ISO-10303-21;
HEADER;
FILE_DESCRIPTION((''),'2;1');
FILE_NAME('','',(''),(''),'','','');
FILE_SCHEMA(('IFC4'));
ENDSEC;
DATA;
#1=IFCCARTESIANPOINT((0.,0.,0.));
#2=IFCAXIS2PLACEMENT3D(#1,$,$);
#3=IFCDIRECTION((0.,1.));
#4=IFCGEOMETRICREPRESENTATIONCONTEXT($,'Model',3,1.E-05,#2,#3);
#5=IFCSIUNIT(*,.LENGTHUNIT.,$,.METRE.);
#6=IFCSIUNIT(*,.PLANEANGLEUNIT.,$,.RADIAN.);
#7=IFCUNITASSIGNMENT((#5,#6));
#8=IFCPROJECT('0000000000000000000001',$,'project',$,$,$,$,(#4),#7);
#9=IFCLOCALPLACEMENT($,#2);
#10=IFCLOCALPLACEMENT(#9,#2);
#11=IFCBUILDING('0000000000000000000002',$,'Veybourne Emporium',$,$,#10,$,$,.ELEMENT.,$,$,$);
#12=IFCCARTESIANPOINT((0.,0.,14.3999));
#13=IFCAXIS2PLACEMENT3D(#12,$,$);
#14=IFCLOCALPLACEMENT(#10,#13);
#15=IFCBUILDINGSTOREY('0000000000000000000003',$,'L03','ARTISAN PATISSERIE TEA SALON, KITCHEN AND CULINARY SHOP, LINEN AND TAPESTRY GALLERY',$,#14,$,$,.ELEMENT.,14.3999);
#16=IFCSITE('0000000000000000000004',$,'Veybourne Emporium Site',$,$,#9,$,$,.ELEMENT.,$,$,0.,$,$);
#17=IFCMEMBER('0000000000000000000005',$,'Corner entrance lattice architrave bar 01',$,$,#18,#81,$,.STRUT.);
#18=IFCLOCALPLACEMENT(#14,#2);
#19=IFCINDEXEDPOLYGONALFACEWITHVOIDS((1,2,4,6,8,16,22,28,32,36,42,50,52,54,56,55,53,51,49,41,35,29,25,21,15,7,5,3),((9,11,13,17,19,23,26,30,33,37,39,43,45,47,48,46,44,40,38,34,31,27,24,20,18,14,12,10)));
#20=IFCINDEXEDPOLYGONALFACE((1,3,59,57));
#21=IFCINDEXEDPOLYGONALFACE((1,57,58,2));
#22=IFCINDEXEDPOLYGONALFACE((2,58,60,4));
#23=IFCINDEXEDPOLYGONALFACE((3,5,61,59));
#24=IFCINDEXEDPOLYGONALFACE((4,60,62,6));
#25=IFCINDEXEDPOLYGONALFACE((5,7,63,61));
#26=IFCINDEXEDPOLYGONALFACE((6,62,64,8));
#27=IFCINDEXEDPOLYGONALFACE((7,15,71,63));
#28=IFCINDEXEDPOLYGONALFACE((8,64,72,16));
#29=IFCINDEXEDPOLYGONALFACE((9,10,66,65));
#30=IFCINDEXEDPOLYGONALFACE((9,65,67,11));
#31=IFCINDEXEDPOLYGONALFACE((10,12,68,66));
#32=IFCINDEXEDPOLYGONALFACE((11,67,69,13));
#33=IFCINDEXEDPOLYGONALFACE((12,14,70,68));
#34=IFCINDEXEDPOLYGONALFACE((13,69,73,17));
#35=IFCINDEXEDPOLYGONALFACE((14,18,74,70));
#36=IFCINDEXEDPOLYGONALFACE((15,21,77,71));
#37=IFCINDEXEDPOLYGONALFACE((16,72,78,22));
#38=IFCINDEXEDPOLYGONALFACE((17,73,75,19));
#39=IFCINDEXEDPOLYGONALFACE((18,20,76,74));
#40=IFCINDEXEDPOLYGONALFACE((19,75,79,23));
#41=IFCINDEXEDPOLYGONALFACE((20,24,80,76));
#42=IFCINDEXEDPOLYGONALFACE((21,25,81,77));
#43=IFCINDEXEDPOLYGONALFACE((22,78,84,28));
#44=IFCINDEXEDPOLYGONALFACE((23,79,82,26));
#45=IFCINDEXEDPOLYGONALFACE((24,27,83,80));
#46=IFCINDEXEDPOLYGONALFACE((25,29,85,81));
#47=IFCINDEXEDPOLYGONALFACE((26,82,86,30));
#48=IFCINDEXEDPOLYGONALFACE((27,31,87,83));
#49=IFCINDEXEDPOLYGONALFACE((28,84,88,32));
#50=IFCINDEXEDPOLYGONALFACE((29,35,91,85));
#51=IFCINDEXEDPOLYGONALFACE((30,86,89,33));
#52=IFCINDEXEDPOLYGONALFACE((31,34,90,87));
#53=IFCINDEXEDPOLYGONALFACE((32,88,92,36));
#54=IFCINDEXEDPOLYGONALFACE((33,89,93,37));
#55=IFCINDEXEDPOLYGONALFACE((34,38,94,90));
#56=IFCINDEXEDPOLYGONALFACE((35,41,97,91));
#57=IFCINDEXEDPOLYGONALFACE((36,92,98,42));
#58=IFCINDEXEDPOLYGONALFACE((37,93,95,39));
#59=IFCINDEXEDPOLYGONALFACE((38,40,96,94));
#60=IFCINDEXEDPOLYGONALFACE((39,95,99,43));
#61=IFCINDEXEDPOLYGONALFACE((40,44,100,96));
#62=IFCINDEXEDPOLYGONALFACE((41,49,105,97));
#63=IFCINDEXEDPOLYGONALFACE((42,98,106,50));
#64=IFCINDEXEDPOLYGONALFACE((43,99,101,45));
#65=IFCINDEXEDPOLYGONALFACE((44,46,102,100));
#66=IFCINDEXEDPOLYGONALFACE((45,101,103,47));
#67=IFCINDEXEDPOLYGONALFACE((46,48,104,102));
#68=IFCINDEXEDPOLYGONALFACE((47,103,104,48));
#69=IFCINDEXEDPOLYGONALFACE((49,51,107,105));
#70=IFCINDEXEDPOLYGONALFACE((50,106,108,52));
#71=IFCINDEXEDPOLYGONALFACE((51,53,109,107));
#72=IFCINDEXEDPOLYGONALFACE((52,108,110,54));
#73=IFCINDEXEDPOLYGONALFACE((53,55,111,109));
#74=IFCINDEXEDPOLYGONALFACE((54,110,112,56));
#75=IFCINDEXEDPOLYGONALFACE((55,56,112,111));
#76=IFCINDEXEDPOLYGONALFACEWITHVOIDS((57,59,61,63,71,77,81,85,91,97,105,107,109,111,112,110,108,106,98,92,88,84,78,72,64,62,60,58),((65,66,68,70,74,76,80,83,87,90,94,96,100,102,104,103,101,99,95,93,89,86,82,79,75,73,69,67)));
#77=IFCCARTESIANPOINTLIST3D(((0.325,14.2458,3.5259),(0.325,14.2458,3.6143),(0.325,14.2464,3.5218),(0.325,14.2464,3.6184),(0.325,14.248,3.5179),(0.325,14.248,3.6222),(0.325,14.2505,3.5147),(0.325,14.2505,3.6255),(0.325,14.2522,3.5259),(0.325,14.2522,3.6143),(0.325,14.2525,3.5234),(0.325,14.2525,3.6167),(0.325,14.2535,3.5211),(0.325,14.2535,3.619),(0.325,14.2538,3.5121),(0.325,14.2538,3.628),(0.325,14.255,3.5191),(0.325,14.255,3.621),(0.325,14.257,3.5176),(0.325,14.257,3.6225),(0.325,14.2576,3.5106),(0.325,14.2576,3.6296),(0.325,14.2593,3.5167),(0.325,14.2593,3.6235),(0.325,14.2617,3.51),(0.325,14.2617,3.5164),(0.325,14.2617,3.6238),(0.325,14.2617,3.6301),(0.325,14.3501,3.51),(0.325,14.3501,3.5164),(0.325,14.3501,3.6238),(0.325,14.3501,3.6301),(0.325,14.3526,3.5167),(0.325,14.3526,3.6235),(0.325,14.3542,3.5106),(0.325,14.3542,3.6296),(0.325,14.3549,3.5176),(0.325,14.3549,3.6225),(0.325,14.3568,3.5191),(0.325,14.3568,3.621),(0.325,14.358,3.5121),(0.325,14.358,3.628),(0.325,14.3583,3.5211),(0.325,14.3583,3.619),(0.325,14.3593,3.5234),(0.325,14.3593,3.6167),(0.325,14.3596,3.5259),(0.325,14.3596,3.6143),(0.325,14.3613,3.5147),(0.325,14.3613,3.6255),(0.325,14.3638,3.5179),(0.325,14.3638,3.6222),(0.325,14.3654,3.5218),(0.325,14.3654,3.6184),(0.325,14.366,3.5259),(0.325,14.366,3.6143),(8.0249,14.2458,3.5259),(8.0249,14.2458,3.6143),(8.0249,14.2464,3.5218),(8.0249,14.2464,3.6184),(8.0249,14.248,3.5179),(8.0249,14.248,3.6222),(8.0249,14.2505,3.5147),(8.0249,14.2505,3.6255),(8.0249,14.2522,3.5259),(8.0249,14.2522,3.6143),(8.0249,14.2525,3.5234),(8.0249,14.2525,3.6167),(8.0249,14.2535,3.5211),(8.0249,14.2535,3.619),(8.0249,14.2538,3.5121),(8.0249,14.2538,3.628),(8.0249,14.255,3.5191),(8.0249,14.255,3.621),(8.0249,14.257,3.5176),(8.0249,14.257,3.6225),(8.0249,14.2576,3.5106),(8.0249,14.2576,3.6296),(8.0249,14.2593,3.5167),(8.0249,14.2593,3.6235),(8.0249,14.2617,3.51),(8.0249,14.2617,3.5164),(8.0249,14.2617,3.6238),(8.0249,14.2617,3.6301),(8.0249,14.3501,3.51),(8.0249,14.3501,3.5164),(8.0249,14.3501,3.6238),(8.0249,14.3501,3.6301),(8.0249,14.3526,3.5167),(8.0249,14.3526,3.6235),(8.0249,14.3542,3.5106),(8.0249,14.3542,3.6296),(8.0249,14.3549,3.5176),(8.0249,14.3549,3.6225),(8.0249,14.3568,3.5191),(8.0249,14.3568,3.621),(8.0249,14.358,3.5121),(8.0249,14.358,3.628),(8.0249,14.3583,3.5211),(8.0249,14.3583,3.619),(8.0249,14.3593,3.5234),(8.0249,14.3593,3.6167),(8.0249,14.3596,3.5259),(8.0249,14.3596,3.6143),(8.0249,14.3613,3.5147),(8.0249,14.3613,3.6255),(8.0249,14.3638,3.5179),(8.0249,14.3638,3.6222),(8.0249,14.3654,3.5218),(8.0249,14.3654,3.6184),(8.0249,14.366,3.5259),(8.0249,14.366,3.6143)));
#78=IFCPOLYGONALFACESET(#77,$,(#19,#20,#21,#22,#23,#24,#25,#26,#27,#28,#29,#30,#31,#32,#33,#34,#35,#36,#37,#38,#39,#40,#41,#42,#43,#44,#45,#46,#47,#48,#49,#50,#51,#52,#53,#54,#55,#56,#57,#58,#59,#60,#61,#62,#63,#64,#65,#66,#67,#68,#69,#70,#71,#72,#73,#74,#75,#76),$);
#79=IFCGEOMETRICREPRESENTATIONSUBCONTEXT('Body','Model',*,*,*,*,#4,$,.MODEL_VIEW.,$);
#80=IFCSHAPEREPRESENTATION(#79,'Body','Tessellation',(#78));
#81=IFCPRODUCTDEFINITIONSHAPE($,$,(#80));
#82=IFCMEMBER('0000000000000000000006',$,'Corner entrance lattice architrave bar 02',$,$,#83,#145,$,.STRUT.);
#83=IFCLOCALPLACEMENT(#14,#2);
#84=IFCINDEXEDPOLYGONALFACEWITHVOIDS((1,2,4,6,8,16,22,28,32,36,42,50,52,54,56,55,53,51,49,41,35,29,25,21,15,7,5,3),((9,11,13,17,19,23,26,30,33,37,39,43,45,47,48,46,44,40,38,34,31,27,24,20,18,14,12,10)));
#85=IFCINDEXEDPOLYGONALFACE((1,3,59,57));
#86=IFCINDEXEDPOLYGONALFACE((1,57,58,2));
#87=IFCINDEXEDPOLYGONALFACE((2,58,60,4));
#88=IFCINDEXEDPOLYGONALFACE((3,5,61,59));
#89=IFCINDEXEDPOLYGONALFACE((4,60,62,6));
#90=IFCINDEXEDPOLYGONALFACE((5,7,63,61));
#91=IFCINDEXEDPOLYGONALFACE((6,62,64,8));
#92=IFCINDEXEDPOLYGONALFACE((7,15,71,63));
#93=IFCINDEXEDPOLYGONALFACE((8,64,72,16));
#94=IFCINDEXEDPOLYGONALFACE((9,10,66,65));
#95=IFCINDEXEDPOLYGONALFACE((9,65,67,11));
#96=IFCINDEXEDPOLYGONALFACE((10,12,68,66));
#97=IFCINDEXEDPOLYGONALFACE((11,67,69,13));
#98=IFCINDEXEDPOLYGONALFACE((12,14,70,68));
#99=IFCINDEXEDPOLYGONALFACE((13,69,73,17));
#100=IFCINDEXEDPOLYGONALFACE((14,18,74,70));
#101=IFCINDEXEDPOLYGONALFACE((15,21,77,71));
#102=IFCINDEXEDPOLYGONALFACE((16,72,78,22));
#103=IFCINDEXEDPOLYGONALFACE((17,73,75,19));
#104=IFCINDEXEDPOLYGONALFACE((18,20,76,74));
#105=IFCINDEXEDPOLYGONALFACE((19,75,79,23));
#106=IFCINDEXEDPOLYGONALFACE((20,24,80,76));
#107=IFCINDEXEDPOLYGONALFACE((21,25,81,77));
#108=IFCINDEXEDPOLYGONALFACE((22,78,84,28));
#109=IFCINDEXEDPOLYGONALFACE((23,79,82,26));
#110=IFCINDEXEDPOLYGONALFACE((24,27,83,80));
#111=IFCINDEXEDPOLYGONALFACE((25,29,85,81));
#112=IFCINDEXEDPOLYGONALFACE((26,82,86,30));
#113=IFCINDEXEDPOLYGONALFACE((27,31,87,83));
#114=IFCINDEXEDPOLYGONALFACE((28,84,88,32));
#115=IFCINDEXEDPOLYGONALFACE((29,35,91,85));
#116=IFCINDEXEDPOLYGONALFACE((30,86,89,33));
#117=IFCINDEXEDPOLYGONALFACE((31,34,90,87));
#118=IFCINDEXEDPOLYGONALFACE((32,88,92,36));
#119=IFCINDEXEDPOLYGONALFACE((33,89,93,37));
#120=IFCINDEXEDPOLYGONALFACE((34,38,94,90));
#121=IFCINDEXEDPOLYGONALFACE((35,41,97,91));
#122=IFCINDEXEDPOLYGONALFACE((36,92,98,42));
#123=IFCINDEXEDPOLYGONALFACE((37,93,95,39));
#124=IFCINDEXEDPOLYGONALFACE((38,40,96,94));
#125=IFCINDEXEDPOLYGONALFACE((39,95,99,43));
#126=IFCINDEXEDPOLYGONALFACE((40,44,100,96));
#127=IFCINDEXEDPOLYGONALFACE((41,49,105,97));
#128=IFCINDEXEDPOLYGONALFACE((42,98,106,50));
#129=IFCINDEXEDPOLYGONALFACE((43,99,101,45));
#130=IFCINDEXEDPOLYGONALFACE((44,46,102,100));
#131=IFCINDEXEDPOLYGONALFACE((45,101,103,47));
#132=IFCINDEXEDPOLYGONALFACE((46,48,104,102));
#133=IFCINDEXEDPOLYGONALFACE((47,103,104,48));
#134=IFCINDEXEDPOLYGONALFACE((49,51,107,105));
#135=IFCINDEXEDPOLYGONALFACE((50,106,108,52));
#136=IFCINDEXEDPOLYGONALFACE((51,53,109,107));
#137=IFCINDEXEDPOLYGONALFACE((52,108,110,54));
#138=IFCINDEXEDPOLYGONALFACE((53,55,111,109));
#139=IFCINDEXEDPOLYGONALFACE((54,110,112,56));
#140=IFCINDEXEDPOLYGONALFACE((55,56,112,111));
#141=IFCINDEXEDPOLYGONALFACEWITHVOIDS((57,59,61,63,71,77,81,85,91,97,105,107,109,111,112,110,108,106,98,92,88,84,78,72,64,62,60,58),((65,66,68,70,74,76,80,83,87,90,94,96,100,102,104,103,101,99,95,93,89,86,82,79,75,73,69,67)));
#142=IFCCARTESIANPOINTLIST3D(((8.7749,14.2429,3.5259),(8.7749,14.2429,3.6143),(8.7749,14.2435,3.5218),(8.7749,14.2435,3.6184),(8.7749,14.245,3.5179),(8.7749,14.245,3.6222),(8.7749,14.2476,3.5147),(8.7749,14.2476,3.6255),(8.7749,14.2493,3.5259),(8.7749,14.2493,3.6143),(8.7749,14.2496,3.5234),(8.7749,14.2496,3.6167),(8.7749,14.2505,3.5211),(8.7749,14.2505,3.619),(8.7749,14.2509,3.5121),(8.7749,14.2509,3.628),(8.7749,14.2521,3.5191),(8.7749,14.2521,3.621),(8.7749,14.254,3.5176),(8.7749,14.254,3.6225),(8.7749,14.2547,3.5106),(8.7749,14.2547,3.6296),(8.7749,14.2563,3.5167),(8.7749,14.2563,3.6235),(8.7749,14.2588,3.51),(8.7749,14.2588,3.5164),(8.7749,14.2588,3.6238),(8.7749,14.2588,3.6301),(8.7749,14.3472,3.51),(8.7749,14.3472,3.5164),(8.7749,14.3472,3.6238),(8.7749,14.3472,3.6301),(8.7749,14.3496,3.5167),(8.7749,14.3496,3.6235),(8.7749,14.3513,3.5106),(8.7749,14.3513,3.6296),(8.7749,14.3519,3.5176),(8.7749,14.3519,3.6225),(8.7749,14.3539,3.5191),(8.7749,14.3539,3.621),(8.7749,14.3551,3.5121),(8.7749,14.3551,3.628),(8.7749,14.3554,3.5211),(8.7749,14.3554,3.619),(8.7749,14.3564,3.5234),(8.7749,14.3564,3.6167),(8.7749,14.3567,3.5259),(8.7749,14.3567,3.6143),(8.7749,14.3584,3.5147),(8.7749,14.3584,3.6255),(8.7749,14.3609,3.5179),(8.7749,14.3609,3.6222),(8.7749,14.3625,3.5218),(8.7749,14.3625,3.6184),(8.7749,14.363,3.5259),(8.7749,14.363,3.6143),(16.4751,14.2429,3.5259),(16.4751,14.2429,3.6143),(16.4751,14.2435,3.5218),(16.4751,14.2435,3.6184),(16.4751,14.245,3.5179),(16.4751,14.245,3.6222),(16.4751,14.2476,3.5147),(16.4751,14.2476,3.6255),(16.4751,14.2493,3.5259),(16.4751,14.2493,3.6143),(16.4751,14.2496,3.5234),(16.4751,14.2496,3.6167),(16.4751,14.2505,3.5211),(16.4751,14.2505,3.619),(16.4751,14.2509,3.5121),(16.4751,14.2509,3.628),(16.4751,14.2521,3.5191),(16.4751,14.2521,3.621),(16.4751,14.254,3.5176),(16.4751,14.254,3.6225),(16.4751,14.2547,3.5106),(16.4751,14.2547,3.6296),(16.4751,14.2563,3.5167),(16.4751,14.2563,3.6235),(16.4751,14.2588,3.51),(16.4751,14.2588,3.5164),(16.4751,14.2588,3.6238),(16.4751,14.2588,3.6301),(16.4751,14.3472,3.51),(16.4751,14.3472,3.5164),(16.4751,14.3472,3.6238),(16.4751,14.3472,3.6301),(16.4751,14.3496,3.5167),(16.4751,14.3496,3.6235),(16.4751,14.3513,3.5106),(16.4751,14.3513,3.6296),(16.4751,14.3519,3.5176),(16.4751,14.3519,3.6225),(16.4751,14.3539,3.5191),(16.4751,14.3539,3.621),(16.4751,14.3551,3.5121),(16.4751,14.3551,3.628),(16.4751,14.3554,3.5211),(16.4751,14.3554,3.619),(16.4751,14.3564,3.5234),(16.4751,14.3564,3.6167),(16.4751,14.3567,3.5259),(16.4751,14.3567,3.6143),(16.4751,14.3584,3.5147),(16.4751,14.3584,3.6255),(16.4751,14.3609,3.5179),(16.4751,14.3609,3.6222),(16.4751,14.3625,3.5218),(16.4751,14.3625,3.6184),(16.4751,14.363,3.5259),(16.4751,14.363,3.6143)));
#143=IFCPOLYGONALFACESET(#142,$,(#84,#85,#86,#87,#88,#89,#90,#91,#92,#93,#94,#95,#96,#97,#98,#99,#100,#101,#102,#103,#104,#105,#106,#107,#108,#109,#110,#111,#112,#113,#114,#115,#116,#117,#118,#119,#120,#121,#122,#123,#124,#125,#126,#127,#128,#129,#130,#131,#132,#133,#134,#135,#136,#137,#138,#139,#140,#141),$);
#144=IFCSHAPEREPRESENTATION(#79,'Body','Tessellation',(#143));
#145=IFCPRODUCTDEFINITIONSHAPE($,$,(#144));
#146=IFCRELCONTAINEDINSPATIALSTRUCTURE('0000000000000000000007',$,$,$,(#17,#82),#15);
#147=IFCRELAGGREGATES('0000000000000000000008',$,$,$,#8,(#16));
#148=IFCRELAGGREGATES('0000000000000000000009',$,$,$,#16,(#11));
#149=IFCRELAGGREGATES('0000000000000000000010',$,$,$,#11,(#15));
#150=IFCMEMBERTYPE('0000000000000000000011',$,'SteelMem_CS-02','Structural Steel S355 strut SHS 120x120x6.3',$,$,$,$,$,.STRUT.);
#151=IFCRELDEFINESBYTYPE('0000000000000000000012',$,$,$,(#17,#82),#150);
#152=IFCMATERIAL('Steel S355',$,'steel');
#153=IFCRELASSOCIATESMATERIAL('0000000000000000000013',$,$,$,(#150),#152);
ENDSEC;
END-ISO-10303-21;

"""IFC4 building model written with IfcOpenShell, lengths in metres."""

from ifc_helpers import new_model, si_unit, direction, frame, origin, origin_2d, place, context, subcontext, project, spatial, hollow_rectangle, extrude, material, material_profile, profile_set, type_object, element, save


model = new_model("IFC4")

# Units and contexts
model_context = context("Model", 3, precision=1e-05, world=origin(), true_north=direction((0.0, 1.0)))
body_context = subcontext(model_context, "Body", "Model", "MODEL_VIEW")
ifc_project = project(units=[si_unit("LENGTHUNIT", "METRE"), si_unit("PLANEANGLEUNIT", "RADIAN")], contexts=[model_context])

# Site, building, storey
site_placement = place(None, origin())
site = spatial("IfcSite", under=ifc_project, at=site_placement, Name="Veybourne Emporium Site", CompositionType="ELEMENT", RefElevation=0.0)
building_placement = place(site_placement, origin())
building = spatial("IfcBuilding", under=site, at=building_placement, Name="Veybourne Emporium", CompositionType="ELEMENT")
storey_placement = place(building_placement, frame((0.0, 0.0, 14.3999)))
storey = spatial("IfcBuildingStorey", under=building, at=storey_placement, Name="L03", Description="ARTISAN PATISSERIE TEA SALON, KITCHEN AND CULINARY SHOP, LINEN AND TAPESTRY GALLERY", CompositionType="ELEMENT", Elevation=14.3999)

# Members
ifc_material_1 = material(Name="Steel S355", Category="steel")
ifc_material_profile_1 = material_profile(ifc_material_1, hollow_rectangle(XDim=0.1201, YDim=0.1201, WallThickness=0.0063, InnerFilletRadius=0.0095, OuterFilletRadius=0.0159, at=origin_2d()), Name="SHS 120x120x6.3")
ifc_profile_set_1 = profile_set([ifc_material_profile_1], Name="Steel S355")
member_type_1 = type_object("IfcMemberType", Name="SteelMem_CS-02", Description="Structural Steel S355 strut SHS 120x120x6.3", PredefinedType="STRUT", material=ifc_profile_set_1)
member_1_placement = place(storey_placement, frame((8.0249, 14.3059, 3.5701), z_axis=(-1.0, 0.0, 0.0), x_axis=(0.0, -1.0, 0.0)))
element("IfcMember", 1, at=member_1_placement, inside=storey, type_object=member_type_1, Name="Corner entrance lattice architrave bar 01", PredefinedType="STRUT", context=body_context, shape_type="SweptSolid", body=[
    extrude(hollow_rectangle(XDim=0.1201, YDim=0.1201, WallThickness=0.0063, InnerFilletRadius=0.0095, OuterFilletRadius=0.0159, at=origin_2d()), origin(), (0.0, 0.0, 1.0), 7.7),
])
member_2_placement = place(storey_placement, frame((16.4751, 14.303, 3.5701), z_axis=(-1.0, 0.0, 0.0), x_axis=(0.0, -1.0, 0.0)))
element("IfcMember", 2, at=member_2_placement, inside=storey, type_object=member_type_1, Name="Corner entrance lattice architrave bar 02", PredefinedType="STRUT", context=body_context, shape_type="SweptSolid", body=[
    extrude(hollow_rectangle(XDim=0.1201, YDim=0.1201, WallThickness=0.0063, InnerFilletRadius=0.0095, OuterFilletRadius=0.0159, at=origin_2d()), origin(), (0.0, 0.0, 1.0), 7.7002),
])

save(model, "model.ifc")
